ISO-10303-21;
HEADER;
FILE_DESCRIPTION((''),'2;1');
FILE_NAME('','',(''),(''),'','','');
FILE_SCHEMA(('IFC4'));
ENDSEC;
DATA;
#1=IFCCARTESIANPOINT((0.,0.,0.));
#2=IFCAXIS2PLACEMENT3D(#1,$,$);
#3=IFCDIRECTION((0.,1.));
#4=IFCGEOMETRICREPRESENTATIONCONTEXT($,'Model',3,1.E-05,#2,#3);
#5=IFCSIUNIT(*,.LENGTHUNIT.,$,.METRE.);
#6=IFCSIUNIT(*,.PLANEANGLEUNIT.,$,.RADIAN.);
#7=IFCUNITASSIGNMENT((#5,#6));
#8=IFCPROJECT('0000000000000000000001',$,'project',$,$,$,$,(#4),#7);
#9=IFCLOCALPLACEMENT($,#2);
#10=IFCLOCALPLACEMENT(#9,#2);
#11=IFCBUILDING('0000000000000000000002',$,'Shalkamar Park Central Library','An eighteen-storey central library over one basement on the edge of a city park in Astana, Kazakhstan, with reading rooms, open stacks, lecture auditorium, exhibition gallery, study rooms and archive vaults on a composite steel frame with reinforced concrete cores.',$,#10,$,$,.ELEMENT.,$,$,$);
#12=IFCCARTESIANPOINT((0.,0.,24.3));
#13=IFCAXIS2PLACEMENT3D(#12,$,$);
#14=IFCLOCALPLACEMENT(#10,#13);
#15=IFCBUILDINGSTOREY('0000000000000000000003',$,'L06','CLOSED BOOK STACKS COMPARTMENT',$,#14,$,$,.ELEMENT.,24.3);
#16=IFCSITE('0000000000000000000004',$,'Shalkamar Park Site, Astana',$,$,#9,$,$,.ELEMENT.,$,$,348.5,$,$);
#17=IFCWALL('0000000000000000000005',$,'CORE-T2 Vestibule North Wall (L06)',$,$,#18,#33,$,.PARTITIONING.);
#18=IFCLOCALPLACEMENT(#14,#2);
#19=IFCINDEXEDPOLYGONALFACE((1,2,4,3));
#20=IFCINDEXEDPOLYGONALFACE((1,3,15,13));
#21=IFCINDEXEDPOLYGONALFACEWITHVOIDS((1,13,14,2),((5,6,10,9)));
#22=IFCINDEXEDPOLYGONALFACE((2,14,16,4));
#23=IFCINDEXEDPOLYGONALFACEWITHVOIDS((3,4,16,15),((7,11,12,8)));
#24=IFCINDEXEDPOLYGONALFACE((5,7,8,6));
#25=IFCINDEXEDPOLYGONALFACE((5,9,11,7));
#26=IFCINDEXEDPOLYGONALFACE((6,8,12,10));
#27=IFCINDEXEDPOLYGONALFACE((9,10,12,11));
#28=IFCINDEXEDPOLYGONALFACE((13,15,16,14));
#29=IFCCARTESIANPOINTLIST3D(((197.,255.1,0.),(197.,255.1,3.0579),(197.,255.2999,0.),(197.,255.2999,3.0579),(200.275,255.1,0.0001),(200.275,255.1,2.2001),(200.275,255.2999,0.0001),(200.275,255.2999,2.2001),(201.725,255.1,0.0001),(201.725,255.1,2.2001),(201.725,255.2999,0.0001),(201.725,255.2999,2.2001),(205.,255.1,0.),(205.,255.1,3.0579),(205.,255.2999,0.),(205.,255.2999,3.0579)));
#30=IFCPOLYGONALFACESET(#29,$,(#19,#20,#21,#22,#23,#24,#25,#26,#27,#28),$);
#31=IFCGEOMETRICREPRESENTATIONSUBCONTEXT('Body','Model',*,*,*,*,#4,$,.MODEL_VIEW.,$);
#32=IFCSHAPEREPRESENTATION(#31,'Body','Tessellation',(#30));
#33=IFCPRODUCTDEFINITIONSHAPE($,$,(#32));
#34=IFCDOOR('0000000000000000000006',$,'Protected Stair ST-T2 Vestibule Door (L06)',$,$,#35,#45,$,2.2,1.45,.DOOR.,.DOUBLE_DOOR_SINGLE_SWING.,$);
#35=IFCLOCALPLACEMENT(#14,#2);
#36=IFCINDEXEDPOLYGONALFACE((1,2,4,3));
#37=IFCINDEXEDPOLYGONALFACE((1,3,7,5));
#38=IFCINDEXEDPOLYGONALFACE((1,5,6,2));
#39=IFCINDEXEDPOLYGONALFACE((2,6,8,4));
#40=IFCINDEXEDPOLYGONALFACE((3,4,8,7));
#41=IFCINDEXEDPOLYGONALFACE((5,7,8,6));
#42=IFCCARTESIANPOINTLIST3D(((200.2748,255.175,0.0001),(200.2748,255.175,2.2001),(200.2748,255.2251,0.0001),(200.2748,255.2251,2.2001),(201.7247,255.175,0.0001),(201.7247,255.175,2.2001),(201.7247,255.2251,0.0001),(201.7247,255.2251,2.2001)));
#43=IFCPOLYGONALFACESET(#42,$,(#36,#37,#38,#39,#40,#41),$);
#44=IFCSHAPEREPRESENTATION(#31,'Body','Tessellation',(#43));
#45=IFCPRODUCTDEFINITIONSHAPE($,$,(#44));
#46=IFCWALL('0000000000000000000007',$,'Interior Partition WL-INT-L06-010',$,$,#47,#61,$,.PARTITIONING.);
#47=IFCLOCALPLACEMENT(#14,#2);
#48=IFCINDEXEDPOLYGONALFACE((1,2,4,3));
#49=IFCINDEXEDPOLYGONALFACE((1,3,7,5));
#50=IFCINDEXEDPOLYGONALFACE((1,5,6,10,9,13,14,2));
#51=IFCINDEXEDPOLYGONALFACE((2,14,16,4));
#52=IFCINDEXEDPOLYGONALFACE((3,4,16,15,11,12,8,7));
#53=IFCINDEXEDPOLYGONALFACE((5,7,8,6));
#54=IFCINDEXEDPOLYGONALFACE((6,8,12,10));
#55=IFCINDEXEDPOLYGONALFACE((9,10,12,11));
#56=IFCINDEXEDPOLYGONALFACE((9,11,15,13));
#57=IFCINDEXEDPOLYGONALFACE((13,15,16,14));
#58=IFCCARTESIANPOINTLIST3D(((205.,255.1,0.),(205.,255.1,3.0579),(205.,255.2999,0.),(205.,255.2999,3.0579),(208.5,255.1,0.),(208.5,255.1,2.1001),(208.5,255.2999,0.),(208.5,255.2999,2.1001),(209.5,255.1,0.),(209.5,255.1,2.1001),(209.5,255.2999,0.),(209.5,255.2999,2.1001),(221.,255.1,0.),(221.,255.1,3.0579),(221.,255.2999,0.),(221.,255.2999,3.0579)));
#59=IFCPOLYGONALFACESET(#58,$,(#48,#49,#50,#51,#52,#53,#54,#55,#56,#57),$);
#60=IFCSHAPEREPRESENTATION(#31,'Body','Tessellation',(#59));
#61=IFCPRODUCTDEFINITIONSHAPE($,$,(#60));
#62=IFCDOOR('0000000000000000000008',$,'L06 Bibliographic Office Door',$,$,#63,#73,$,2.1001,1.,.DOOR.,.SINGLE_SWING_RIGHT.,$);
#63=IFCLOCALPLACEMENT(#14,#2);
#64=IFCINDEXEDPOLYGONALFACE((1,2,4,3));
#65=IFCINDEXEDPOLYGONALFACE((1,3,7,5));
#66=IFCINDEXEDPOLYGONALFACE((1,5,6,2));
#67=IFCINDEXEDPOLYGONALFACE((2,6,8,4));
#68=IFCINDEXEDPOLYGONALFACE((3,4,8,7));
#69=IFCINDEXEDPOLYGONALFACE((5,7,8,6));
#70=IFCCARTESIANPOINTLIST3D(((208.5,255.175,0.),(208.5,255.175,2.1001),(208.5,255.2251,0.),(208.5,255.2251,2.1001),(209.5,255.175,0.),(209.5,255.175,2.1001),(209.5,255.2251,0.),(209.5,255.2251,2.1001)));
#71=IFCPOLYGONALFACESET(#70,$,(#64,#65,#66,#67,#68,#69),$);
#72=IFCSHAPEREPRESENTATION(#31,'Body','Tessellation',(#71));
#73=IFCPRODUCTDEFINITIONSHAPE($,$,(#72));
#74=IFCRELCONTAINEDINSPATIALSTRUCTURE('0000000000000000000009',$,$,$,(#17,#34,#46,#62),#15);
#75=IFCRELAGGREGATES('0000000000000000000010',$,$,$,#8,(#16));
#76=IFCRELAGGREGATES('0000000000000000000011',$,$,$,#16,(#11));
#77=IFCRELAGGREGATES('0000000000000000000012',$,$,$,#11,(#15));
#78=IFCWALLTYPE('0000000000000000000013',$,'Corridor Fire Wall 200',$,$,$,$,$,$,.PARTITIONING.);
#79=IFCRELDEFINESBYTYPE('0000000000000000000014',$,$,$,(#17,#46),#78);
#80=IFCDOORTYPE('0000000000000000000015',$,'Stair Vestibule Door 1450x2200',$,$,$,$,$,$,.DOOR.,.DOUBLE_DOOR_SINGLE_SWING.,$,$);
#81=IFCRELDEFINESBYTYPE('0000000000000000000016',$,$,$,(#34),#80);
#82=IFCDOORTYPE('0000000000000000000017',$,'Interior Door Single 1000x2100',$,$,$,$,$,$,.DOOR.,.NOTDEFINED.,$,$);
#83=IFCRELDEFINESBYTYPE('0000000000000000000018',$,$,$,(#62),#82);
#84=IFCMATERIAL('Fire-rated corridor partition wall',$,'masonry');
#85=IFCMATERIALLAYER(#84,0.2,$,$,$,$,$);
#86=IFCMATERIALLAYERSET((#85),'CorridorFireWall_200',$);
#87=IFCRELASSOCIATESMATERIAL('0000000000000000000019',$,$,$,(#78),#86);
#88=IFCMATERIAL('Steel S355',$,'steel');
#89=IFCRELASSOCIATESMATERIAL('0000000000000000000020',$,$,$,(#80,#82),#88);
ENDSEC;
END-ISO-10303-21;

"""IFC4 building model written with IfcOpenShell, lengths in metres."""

from ifc_helpers import new_model, si_unit, direction, frame, frame_2d, origin, place, context, subcontext, project, spatial, rectangle, extrude, material, layer, layer_set, type_object, element, fill, save


model = new_model("IFC4")

# Units and contexts
model_context = context("Model", 3, precision=1e-05, world=origin(), true_north=direction((0.0, 1.0)))
body_context = subcontext(model_context, "Body", "Model", "MODEL_VIEW")
ifc_project = project(units=[si_unit("LENGTHUNIT", "METRE"), si_unit("PLANEANGLEUNIT", "RADIAN")], contexts=[model_context])

# Site, building, storey
site_placement = place(None, origin())
site = spatial("IfcSite", under=ifc_project, at=site_placement, Name="Shalkamar Park Site, Astana", CompositionType="ELEMENT", RefElevation=348.5)
building_placement = place(site_placement, origin())
building = spatial("IfcBuilding", under=site, at=building_placement, Name="Shalkamar Park Central Library", Description="An eighteen-storey central library over one basement on the edge of a city park in Astana, Kazakhstan, with reading rooms, open stacks, lecture auditorium, exhibition gallery, study rooms and archive vaults on a composite steel frame with reinforced concrete cores.", CompositionType="ELEMENT")
storey_placement = place(building_placement, frame((0.0, 0.0, 24.3)))
storey = spatial("IfcBuildingStorey", under=building, at=storey_placement, Name="L06", Description="CLOSED BOOK STACKS COMPARTMENT", CompositionType="ELEMENT", Elevation=24.3)

# Shared definitions
ifc_material_1 = material(Name="Steel S355", Category="steel")

# Walls, openings, doors
ifc_material_2 = material(Name="Fire-rated corridor partition wall", Category="masonry")
ifc_layer_1 = layer(ifc_material_2, 0.2)
ifc_layer_set_1 = layer_set([ifc_layer_1], Name="CorridorFireWall_200")
wall_type_1 = type_object("IfcWallType", Name="Corridor Fire Wall 200", PredefinedType="PARTITIONING", material=ifc_layer_set_1)
wall_1_placement = place(storey_placement, frame((197.0, 255.2, 0.0), z_axis=(0.0, 0.0, 1.0), x_axis=(1.0, 0.0, 0.0)))
wall_1 = element("IfcWall", 1, at=wall_1_placement, inside=storey, type_object=wall_type_1, Name="CORE-T2 Vestibule North Wall (L06)", PredefinedType="PARTITIONING", context=body_context, shape_type="SweptSolid", body=[
    extrude(rectangle(XDim=8.0, YDim=0.2, at=frame_2d((4.0, 0.0))), origin(), (0.0, 0.0, 1.0), 3.0579),
])
opening_1_placement = place(wall_1_placement, frame((3.2749, 0.0, 0.0)))
opening_1 = element("IfcOpeningElement", 2, at=opening_1_placement, cuts=wall_1, PredefinedType="OPENING", context=body_context, shape_type="SweptSolid", body=[
    extrude(rectangle(XDim=1.45, YDim=2.2, at=frame_2d((0.7251, 1.1001))), frame((0.0, 0.1147, 0.0), z_axis=(0.0, -1.0, 0.0), x_axis=(1.0, 0.0, 0.0)), (0.0, 0.0, 1.0), 0.2297),
])
door_type_1 = type_object("IfcDoorType", Name="Stair Vestibule Door 1450x2200", OperationType="DOUBLE_DOOR_SINGLE_SWING", PredefinedType="DOOR", material=ifc_material_1)
door_1_placement = place(opening_1_placement, frame((1.45, 0.0, 0.0), z_axis=(0.0, 0.0, 1.0), x_axis=(-1.0, 0.0, 0.0)))
door_1 = element("IfcDoor", 3, at=door_1_placement, inside=storey, type_object=door_type_1, Name="Protected Stair ST-T2 Vestibule Door (L06)", OperationType="DOUBLE_DOOR_SINGLE_SWING", OverallHeight=2.2, OverallWidth=1.45, PredefinedType="DOOR", context=body_context, shape_type="SweptSolid", body=[
    extrude(rectangle(XDim=1.45, YDim=2.2, at=frame_2d((0.7251, 1.1001))), frame((0.0, 0.0249, 0.0), z_axis=(0.0, -1.0, 0.0), x_axis=(1.0, 0.0, 0.0)), (0.0, 0.0, 1.0), 0.05),
])
fill(opening_1, door_1)
wall_2_placement = place(storey_placement, frame((205.0, 255.2, 0.0), z_axis=(0.0, 0.0, 1.0), x_axis=(1.0, 0.0, 0.0)))
wall_2 = element("IfcWall", 4, at=wall_2_placement, inside=storey, type_object=wall_type_1, Name="Interior Partition WL-INT-L06-010", PredefinedType="PARTITIONING", context=body_context, shape_type="SweptSolid", body=[
    extrude(rectangle(XDim=16.0, YDim=0.2, at=frame_2d((8.0, 0.0))), origin(), (0.0, 0.0, 1.0), 3.0579),
])
opening_2_placement = place(wall_2_placement, frame((3.5, 0.0, 0.0)))
opening_2 = element("IfcOpeningElement", 5, at=opening_2_placement, cuts=wall_2, PredefinedType="OPENING", context=body_context, shape_type="SweptSolid", body=[
    extrude(rectangle(XDim=1.0, YDim=2.1001, at=frame_2d((0.5, 1.05))), frame((0.0, 0.1147, 0.0), z_axis=(0.0, -1.0, 0.0), x_axis=(1.0, 0.0, 0.0)), (0.0, 0.0, 1.0), 0.2297),
])
door_type_2 = type_object("IfcDoorType", Name="Interior Door Single 1000x2100", OperationType="NOTDEFINED", PredefinedType="DOOR", material=ifc_material_1)
door_2_placement = place(opening_2_placement, frame((1.0, 0.0, 0.0), z_axis=(0.0, 0.0, 1.0), x_axis=(-1.0, 0.0, 0.0)))
door_2 = element("IfcDoor", 6, at=door_2_placement, inside=storey, type_object=door_type_2, Name="L06 Bibliographic Office Door", OperationType="SINGLE_SWING_RIGHT", OverallHeight=2.1001, OverallWidth=1.0, PredefinedType="DOOR", context=body_context, shape_type="SweptSolid", body=[
    extrude(rectangle(XDim=1.0, YDim=2.1001, at=frame_2d((0.5, 1.05))), frame((0.0, 0.0249, 0.0), z_axis=(0.0, -1.0, 0.0), x_axis=(1.0, 0.0, 0.0)), (0.0, 0.0, 1.0), 0.05),
])
fill(opening_2, door_2)

save(model, "model.ifc")
